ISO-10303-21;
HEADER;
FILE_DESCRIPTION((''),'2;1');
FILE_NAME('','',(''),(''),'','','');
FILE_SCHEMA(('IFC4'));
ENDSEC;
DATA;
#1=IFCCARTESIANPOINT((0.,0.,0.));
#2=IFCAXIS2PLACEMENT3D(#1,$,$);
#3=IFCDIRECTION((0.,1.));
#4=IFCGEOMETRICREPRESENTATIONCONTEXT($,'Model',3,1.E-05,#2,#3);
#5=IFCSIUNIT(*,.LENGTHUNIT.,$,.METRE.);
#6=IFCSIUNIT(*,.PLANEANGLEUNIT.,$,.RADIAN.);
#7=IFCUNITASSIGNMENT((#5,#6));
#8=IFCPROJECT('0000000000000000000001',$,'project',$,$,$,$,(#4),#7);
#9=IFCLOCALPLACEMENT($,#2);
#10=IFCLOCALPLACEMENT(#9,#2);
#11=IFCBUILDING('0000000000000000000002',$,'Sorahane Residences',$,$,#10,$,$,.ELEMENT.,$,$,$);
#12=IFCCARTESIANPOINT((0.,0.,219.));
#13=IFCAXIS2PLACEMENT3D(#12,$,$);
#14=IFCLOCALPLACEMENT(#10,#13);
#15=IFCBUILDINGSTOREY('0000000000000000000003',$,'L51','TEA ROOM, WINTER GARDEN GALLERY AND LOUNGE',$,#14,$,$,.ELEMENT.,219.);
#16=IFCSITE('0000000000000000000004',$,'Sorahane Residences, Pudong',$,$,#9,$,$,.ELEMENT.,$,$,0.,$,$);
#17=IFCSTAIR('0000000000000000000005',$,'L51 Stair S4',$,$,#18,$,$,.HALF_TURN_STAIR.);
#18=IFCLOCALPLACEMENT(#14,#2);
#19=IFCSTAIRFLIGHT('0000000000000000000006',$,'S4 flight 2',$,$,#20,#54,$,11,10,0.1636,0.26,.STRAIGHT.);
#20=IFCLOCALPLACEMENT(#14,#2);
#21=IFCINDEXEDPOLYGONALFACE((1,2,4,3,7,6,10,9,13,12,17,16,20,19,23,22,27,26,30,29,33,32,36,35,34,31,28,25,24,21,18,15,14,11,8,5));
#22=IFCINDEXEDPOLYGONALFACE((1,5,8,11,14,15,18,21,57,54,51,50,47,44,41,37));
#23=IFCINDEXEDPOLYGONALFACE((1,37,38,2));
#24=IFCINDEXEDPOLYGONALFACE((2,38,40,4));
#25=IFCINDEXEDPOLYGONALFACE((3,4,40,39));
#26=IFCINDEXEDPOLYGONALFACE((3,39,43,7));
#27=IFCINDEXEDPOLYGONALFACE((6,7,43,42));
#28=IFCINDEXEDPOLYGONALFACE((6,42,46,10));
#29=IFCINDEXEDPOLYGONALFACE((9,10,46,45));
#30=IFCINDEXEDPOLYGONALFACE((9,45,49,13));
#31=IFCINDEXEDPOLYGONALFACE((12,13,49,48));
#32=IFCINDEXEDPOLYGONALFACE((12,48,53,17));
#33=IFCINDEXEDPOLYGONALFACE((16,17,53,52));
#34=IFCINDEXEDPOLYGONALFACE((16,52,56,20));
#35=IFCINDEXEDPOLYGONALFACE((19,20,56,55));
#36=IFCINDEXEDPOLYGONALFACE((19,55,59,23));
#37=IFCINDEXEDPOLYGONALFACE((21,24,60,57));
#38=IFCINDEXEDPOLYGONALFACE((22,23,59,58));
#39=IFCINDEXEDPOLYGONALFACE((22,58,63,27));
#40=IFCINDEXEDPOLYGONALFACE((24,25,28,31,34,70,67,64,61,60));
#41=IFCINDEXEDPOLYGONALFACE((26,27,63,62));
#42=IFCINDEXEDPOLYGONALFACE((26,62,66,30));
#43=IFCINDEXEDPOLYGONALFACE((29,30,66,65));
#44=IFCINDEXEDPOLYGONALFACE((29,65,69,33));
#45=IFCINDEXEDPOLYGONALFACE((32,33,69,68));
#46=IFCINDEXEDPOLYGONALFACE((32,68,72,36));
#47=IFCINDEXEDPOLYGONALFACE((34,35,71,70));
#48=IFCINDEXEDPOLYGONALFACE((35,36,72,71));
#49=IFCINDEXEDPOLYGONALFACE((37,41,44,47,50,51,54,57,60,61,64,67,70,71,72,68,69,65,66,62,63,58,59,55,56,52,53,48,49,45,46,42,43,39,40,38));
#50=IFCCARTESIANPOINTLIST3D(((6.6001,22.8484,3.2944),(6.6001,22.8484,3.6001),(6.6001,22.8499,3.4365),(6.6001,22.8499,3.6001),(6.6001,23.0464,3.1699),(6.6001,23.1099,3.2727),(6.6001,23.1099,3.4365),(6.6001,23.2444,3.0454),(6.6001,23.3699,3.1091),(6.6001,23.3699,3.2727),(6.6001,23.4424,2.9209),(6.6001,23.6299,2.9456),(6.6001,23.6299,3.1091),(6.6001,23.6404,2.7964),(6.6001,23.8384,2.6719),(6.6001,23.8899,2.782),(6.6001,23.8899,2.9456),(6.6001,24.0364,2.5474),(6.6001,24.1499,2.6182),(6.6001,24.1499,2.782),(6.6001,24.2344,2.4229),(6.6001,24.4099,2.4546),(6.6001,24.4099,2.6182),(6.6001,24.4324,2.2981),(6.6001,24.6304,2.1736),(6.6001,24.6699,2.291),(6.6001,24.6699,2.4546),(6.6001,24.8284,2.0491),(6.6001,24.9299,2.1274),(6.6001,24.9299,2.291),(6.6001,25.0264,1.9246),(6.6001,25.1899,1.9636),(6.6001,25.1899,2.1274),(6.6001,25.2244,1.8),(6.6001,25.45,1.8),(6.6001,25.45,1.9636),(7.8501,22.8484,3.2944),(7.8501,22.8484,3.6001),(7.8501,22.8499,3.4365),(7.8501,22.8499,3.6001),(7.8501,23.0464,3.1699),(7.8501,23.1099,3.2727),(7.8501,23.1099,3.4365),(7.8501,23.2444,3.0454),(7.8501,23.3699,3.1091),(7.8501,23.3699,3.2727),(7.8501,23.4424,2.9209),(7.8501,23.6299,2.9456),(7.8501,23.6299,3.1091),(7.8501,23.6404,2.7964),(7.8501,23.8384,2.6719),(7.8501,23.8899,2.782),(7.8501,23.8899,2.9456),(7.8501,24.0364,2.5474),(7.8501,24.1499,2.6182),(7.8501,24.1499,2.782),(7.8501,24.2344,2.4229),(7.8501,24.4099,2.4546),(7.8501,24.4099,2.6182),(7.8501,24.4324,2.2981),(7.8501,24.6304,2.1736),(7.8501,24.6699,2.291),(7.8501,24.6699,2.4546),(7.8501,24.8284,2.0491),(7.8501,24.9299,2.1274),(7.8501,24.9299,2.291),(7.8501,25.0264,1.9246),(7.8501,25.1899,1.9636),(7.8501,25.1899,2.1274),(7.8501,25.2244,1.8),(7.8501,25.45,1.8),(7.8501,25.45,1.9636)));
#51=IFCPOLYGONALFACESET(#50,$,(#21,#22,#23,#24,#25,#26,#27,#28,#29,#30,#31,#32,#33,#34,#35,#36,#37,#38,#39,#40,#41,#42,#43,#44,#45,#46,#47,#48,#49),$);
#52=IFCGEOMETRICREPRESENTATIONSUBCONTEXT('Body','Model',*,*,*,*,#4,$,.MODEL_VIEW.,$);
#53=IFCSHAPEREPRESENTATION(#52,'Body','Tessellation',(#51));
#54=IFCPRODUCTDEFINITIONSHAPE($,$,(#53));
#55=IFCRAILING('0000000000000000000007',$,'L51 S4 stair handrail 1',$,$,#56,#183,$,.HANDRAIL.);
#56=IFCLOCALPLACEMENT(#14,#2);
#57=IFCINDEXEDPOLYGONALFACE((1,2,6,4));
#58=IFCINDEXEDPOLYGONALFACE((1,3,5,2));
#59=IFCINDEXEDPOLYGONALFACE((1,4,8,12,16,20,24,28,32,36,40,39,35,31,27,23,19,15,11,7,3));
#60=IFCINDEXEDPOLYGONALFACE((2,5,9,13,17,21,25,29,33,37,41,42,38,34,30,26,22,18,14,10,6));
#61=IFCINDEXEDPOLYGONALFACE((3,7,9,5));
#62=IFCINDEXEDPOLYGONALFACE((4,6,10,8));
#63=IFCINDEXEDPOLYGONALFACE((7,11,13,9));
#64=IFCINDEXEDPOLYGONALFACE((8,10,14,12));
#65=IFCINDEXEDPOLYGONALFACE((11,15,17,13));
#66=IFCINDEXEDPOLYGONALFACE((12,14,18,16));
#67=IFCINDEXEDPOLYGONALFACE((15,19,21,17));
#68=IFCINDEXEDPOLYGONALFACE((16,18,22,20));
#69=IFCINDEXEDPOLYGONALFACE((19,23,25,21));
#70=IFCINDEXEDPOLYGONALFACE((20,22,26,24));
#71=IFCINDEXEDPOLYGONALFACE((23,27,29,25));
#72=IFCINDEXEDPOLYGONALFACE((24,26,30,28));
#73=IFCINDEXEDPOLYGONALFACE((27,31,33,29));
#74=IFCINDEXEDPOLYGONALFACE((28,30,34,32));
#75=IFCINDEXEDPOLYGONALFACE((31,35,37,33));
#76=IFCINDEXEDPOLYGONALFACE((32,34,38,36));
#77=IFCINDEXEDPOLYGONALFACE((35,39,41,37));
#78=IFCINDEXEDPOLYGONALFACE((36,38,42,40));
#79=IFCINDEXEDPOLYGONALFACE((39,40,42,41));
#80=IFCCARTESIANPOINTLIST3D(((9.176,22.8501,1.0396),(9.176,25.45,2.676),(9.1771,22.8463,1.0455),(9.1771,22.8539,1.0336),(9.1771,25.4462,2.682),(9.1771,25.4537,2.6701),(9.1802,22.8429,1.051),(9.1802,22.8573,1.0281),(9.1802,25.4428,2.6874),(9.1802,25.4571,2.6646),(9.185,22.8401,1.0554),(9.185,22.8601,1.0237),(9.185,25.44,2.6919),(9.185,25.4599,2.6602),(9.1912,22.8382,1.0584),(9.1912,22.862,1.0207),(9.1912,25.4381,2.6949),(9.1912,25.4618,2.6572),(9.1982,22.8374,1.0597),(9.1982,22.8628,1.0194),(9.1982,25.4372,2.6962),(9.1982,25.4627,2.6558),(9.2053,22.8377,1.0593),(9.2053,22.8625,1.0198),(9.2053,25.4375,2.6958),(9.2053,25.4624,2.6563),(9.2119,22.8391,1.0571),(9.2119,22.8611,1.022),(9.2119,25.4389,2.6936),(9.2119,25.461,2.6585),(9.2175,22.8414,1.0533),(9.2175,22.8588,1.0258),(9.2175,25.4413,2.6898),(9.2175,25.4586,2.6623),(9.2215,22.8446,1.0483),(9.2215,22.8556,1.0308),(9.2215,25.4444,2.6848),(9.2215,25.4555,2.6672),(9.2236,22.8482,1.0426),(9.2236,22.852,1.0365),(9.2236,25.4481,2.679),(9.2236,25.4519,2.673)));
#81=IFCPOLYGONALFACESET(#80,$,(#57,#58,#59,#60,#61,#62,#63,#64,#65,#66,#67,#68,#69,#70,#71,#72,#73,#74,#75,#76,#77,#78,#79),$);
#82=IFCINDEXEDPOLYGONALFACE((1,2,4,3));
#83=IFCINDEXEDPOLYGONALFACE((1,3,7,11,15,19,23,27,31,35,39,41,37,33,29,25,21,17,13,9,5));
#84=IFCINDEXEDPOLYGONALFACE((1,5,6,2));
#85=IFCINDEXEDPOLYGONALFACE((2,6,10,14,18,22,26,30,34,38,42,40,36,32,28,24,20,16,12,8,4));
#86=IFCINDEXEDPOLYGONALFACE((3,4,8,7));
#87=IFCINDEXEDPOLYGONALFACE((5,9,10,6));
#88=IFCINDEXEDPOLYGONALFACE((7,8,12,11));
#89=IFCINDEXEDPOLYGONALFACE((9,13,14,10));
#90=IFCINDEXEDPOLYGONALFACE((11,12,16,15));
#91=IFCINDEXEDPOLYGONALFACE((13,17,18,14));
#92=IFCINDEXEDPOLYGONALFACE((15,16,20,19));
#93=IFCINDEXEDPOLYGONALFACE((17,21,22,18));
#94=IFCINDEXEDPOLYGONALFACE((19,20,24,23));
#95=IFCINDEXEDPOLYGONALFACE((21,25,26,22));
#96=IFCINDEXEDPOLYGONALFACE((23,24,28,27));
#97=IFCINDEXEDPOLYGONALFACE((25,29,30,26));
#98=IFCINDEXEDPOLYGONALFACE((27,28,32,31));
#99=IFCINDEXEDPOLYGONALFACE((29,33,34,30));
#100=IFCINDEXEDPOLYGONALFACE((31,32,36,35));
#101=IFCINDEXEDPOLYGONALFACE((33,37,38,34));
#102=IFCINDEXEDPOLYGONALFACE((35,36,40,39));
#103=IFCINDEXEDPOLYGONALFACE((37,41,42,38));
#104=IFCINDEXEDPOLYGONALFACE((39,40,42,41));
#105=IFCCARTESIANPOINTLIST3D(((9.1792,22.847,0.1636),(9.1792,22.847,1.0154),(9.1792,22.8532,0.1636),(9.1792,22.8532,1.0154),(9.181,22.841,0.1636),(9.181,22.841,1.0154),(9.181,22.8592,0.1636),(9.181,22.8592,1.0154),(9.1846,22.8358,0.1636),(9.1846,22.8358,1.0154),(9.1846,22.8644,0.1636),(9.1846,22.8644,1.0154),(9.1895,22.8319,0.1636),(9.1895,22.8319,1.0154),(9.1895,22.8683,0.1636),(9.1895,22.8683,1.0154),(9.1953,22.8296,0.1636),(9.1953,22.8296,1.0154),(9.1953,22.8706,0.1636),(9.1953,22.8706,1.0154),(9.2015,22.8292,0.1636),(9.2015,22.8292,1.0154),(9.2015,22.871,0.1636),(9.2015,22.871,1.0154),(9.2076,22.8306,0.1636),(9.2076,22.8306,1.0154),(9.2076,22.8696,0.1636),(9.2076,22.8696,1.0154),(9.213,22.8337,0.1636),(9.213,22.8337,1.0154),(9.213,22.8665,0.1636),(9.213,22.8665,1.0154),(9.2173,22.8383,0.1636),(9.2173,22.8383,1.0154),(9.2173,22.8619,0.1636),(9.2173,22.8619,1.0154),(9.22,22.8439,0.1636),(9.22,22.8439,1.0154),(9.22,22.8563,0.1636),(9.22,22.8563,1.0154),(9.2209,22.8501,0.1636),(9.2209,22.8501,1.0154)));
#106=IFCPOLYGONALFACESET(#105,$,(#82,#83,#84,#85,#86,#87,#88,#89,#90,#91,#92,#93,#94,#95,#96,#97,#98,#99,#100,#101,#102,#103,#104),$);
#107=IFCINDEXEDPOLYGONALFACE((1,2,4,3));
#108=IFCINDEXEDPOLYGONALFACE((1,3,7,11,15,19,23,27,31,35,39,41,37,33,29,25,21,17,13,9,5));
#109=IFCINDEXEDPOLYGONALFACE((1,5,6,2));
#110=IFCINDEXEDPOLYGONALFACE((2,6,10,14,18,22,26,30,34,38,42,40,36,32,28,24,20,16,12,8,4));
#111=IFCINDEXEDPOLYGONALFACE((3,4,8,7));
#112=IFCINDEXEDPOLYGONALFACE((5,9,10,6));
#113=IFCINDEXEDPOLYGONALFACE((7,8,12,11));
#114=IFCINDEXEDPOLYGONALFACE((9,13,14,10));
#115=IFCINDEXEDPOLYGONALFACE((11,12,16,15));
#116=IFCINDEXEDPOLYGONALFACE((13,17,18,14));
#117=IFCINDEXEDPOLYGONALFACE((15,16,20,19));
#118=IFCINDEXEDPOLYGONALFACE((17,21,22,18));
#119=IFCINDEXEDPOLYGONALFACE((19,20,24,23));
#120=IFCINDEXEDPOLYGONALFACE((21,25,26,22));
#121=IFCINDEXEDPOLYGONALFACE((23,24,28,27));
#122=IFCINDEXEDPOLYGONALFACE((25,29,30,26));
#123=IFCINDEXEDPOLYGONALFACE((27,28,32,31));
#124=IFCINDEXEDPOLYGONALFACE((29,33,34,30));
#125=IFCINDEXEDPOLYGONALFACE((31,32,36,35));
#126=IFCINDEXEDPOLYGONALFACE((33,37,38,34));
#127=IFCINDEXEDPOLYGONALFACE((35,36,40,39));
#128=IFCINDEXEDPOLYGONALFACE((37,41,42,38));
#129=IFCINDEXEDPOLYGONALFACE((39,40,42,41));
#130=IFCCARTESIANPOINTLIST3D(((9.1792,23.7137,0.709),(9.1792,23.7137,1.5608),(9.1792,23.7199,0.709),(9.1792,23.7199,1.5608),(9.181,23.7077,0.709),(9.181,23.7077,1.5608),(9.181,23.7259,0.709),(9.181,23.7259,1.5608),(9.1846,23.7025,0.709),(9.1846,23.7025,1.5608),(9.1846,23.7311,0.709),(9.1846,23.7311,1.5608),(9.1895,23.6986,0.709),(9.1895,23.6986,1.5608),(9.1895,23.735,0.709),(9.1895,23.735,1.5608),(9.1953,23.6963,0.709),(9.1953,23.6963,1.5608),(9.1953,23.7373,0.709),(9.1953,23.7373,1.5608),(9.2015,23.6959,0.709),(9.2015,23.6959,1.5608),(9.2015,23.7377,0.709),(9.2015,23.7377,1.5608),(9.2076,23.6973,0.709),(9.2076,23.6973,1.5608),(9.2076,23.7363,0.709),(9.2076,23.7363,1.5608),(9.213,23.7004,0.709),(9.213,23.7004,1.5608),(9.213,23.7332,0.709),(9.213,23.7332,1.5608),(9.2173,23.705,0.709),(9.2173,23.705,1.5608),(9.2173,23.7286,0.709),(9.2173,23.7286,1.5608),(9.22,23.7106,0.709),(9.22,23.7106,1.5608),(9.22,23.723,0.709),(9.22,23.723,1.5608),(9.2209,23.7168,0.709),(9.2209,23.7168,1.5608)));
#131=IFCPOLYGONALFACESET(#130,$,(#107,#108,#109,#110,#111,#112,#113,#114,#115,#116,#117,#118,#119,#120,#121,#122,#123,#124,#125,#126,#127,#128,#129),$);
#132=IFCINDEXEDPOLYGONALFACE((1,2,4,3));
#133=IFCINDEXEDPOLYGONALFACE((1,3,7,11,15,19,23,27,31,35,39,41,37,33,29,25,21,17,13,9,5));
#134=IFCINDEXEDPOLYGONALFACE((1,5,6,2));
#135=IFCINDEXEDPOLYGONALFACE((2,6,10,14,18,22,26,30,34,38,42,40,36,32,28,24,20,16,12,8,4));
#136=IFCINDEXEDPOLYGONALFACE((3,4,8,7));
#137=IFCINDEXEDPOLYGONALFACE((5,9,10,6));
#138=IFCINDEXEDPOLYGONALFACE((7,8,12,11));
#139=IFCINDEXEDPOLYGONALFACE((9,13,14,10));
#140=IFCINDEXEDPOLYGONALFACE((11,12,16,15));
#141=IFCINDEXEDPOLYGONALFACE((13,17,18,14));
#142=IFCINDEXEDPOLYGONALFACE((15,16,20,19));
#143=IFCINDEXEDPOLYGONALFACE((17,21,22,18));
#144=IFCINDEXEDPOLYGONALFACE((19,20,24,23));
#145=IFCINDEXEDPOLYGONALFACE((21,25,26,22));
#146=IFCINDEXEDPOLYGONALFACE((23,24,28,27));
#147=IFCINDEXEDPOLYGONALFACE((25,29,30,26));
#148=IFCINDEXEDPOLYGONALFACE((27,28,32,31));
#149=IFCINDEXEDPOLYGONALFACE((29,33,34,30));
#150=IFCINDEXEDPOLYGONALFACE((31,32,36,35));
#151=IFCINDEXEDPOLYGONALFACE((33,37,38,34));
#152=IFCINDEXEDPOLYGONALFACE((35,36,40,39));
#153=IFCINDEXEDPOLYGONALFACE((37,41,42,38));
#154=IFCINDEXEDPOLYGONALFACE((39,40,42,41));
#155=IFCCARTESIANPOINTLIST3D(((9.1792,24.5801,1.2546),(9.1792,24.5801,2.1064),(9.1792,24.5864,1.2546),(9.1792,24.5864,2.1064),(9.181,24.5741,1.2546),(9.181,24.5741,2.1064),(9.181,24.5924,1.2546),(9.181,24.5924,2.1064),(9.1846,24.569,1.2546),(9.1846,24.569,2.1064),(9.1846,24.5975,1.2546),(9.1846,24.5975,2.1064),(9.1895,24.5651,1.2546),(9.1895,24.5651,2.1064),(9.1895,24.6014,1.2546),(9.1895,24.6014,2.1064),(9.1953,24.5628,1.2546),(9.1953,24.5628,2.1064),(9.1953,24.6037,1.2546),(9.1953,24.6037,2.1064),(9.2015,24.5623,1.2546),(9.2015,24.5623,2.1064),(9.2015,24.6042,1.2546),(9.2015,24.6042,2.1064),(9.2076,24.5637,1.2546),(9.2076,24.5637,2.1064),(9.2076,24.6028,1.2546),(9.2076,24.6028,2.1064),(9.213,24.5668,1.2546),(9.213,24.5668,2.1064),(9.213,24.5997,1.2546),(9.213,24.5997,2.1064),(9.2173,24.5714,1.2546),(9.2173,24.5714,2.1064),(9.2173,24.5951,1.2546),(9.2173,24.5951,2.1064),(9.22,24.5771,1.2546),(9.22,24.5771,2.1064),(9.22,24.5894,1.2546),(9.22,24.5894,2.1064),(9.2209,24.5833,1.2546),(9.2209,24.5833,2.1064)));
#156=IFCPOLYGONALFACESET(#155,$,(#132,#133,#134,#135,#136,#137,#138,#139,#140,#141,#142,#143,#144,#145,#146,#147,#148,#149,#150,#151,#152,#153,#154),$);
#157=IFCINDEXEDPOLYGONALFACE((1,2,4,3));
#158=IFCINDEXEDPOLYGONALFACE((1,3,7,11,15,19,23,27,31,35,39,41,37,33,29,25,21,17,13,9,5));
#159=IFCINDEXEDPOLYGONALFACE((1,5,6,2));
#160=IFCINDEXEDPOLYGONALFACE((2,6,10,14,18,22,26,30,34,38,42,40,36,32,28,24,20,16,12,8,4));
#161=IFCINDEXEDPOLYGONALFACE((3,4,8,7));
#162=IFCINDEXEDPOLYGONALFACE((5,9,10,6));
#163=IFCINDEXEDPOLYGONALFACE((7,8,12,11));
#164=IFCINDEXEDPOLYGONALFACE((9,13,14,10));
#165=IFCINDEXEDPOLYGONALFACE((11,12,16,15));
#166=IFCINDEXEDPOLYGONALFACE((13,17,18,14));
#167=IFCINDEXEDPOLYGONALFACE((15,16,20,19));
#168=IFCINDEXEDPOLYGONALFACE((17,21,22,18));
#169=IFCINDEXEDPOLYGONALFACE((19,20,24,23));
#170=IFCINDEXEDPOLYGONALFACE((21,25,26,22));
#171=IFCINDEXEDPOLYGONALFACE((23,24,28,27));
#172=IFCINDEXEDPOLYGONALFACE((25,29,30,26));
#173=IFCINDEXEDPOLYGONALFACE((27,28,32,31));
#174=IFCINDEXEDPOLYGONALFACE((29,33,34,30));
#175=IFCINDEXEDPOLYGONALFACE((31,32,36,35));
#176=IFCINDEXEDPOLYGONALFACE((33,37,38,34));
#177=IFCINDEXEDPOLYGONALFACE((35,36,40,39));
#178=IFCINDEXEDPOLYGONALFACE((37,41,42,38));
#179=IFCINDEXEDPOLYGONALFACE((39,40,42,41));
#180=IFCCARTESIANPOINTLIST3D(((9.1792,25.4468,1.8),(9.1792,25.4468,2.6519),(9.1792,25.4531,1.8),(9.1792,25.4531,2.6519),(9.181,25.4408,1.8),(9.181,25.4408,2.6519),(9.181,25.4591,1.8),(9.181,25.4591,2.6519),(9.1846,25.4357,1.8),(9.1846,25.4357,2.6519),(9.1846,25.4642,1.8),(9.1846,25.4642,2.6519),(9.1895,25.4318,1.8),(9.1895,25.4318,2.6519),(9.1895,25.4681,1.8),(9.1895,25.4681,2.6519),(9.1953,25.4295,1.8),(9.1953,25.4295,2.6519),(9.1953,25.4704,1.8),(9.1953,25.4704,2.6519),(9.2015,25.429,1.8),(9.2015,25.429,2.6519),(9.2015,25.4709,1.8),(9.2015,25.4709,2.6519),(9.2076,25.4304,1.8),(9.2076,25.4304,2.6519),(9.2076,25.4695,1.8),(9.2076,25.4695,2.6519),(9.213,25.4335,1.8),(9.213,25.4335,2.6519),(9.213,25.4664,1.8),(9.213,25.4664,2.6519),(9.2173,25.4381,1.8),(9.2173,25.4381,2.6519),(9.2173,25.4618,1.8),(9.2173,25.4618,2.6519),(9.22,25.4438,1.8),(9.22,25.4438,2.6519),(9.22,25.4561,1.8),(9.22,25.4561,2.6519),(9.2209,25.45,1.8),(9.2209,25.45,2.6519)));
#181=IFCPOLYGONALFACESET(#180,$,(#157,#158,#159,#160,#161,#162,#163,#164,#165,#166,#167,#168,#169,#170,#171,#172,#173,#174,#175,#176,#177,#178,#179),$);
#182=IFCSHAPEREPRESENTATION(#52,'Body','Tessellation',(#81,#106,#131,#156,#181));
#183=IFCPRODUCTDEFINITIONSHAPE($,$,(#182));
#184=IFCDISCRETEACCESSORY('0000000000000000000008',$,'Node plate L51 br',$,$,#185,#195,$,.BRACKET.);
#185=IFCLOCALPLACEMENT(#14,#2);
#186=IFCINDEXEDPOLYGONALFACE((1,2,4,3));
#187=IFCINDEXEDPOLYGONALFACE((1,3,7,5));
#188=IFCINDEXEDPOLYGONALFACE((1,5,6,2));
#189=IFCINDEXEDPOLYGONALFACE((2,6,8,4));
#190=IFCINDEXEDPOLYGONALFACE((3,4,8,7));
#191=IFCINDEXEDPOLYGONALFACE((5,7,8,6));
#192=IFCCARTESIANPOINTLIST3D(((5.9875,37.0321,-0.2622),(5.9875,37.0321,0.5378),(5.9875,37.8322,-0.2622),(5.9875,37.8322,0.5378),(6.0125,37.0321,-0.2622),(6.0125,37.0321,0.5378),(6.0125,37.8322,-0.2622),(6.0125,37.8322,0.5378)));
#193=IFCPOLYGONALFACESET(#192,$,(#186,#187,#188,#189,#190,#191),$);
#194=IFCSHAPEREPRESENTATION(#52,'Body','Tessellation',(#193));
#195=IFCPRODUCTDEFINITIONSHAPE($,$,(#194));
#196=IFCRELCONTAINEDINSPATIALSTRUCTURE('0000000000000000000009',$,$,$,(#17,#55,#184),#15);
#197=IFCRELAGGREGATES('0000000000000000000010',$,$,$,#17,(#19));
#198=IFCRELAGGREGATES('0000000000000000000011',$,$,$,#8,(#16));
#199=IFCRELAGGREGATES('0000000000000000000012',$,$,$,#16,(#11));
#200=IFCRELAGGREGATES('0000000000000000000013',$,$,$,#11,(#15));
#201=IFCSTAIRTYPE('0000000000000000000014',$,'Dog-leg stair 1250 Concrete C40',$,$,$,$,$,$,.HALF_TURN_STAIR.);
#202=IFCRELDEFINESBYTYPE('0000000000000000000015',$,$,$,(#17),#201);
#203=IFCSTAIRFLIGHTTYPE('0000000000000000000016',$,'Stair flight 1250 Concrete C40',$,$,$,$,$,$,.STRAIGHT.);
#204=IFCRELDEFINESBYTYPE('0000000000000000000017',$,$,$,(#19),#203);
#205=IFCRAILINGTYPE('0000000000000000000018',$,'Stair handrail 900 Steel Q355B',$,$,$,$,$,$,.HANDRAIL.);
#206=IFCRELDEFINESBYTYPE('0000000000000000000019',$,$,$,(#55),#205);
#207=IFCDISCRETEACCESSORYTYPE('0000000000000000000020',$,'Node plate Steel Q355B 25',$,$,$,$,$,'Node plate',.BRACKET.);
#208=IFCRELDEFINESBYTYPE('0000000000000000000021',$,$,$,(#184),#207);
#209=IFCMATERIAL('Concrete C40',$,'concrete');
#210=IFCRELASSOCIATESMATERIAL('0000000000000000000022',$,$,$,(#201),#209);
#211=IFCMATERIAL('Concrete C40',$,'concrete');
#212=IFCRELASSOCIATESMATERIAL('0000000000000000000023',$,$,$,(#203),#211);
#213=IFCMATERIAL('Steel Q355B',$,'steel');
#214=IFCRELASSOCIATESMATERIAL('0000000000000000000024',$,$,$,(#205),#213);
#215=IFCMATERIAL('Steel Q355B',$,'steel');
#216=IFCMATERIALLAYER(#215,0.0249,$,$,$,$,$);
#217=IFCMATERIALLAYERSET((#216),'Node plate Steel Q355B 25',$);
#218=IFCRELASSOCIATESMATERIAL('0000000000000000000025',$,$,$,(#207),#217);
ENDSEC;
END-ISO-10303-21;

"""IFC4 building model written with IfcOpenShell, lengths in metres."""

from ifc_helpers import new_model, si_unit, direction, frame, origin, origin_2d, place, context, subcontext, project, spatial, polyline, rectangle, circle, outline, extrude, material, layer, layer_set, type_object, element, aggregate, save


model = new_model("IFC4")

# Units and contexts
model_context = context("Model", 3, precision=1e-05, world=origin(), true_north=direction((0.0, 1.0)))
body_context = subcontext(model_context, "Body", "Model", "MODEL_VIEW")
ifc_project = project(units=[si_unit("LENGTHUNIT", "METRE"), si_unit("PLANEANGLEUNIT", "RADIAN")], contexts=[model_context])

# Site, building, storey
site_placement = place(None, origin())
site = spatial("IfcSite", under=ifc_project, at=site_placement, Name="Sorahane Residences, Pudong", CompositionType="ELEMENT", RefElevation=0.0)
building_placement = place(site_placement, origin())
building = spatial("IfcBuilding", under=site, at=building_placement, Name="Sorahane Residences", CompositionType="ELEMENT")
storey_placement = place(building_placement, frame((0.0, 0.0, 219.0)))
storey = spatial("IfcBuildingStorey", under=building, at=storey_placement, Name="L51", Description="TEA ROOM, WINTER GARDEN GALLERY AND LOUNGE", CompositionType="ELEMENT", Elevation=219.0)

# Stair, stair flight
ifc_material_1 = material(Name="Concrete C40", Category="concrete")
stair_type = type_object("IfcStairType", Name="Dog-leg stair 1250 Concrete C40", PredefinedType="HALF_TURN_STAIR", material=ifc_material_1)
stair_placement = place(storey_placement, origin())
stair = element("IfcStair", 1, at=stair_placement, inside=storey, type_object=stair_type, Name="L51 Stair S4", PredefinedType="HALF_TURN_STAIR")
ifc_material_2 = material(Name="Concrete C40", Category="concrete")
stair_flight_type = type_object("IfcStairFlightType", Name="Stair flight 1250 Concrete C40", PredefinedType="STRAIGHT", material=ifc_material_2)
stair_flight_1_placement = place(storey_placement, frame((7.2251, 25.45, 1.8), z_axis=(0.0, 0.0, 1.0), x_axis=(0.0, -1.0, 0.0)))
stair_flight_1 = element("IfcStairFlight", 2, at=stair_flight_1_placement, type_object=stair_flight_type, Name="S4 flight 2", NumberOfRisers=11, NumberOfTreads=10, PredefinedType="STRAIGHT", RiserHeight=0.1636, TreadLength=0.26, context=body_context, shape_type="SweptSolid", body=[
    extrude(outline(polyline([(0.0, 0.0), (0.0, 0.1636), (0.26, 0.1636), (0.26, 0.3274), (0.52, 0.3274), (0.52, 0.491), (0.78, 0.491), (0.78, 0.6545), (1.04, 0.6545), (1.04, 0.8181), (1.3, 0.8181), (1.3, 0.9819), (1.5601, 0.9819), (1.5601, 1.1455), (1.8201, 1.1455), (1.8201, 1.3091), (2.0801, 1.3091), (2.0801, 1.4727), (2.3401, 1.4727), (2.3401, 1.6365), (2.6001, 1.6365), (2.6001, 1.8), (2.6016, 1.8), (2.6016, 1.4944), (2.4036, 1.3699), (2.2056, 1.2454), (2.0076, 1.1208), (1.8096, 0.9963), (1.6116, 0.8718), (1.4136, 0.7473), (1.2156, 0.6228), (1.0176, 0.498), (0.8196, 0.3735), (0.6216, 0.249), (0.4236, 0.1245), (0.2256, 0.0), (0.0, 0.0)])), frame((0.0, 0.625, 0.0), z_axis=(0.0, -1.0, 0.0), x_axis=(1.0, 0.0, 0.0)), (0.0, 0.0, 1.0), 1.25),
])
aggregate(stair, [stair_flight_1])

# Railing
ifc_material_3 = material(Name="Steel Q355B", Category="steel")
railing_type_1 = type_object("IfcRailingType", Name="Stair handrail 900 Steel Q355B", PredefinedType="HANDRAIL", material=ifc_material_3)
railing_1_placement = place(storey_placement, frame((9.2, 22.8501, 0.1636)))
element("IfcRailing", 3, at=railing_1_placement, inside=storey, type_object=railing_type_1, Name="L51 S4 stair handrail 1", PredefinedType="HANDRAIL", context=body_context, shape_type="SweptSolid", body=[
    extrude(circle(Radius=0.0239, at=origin_2d()), frame((0.0, 0.0, 0.876), z_axis=(0.0, 0.846302, 0.532704), x_axis=(-1.0, 0.0, 0.0)), (0.0, 0.0, 1.0), 3.072),
    extrude(circle(Radius=0.021, at=origin_2d()), origin(), (0.0, 0.0, 1.0), 0.8518),
    extrude(circle(Radius=0.021, at=origin_2d()), frame((0.0, 0.8667, 0.5454)), (0.0, 0.0, 1.0), 0.8518),
    extrude(circle(Radius=0.021, at=origin_2d()), frame((0.0, 1.7332, 1.0911)), (0.0, 0.0, 1.0), 0.8518),
    extrude(circle(Radius=0.021, at=origin_2d()), frame((0.0, 2.5999, 1.6365)), (0.0, 0.0, 1.0), 0.8518),
])

# Discrete accessory
ifc_material_4 = material(Name="Steel Q355B", Category="steel")
ifc_layer_1 = layer(ifc_material_4, 0.0249)
ifc_layer_set_1 = layer_set([ifc_layer_1], Name="Node plate Steel Q355B 25")
discrete_accessory_type = type_object("IfcDiscreteAccessoryType", Name="Node plate Steel Q355B 25", ElementType="Node plate", PredefinedType="BRACKET", material=ifc_layer_set_1)
for number, where, z_axis, x_axis, name in (
    (4, (6.0, 37.4321, -0.2622), (0.0, 0.0, 1.0), (0.0, 1.0, 0.0), "Node plate L51 br"),
):
    element("IfcDiscreteAccessory", number, at=place(storey_placement, frame(where, z_axis=z_axis, x_axis=x_axis)), inside=storey, type_object=discrete_accessory_type, Name=name, PredefinedType="BRACKET", context=body_context, shape_type="SweptSolid", body=[
        extrude(rectangle(XDim=0.8, YDim=0.0249, at=origin_2d()), origin(), (0.0, 0.0, 1.0), 0.8),
    ])

save(model, "model.ifc")
